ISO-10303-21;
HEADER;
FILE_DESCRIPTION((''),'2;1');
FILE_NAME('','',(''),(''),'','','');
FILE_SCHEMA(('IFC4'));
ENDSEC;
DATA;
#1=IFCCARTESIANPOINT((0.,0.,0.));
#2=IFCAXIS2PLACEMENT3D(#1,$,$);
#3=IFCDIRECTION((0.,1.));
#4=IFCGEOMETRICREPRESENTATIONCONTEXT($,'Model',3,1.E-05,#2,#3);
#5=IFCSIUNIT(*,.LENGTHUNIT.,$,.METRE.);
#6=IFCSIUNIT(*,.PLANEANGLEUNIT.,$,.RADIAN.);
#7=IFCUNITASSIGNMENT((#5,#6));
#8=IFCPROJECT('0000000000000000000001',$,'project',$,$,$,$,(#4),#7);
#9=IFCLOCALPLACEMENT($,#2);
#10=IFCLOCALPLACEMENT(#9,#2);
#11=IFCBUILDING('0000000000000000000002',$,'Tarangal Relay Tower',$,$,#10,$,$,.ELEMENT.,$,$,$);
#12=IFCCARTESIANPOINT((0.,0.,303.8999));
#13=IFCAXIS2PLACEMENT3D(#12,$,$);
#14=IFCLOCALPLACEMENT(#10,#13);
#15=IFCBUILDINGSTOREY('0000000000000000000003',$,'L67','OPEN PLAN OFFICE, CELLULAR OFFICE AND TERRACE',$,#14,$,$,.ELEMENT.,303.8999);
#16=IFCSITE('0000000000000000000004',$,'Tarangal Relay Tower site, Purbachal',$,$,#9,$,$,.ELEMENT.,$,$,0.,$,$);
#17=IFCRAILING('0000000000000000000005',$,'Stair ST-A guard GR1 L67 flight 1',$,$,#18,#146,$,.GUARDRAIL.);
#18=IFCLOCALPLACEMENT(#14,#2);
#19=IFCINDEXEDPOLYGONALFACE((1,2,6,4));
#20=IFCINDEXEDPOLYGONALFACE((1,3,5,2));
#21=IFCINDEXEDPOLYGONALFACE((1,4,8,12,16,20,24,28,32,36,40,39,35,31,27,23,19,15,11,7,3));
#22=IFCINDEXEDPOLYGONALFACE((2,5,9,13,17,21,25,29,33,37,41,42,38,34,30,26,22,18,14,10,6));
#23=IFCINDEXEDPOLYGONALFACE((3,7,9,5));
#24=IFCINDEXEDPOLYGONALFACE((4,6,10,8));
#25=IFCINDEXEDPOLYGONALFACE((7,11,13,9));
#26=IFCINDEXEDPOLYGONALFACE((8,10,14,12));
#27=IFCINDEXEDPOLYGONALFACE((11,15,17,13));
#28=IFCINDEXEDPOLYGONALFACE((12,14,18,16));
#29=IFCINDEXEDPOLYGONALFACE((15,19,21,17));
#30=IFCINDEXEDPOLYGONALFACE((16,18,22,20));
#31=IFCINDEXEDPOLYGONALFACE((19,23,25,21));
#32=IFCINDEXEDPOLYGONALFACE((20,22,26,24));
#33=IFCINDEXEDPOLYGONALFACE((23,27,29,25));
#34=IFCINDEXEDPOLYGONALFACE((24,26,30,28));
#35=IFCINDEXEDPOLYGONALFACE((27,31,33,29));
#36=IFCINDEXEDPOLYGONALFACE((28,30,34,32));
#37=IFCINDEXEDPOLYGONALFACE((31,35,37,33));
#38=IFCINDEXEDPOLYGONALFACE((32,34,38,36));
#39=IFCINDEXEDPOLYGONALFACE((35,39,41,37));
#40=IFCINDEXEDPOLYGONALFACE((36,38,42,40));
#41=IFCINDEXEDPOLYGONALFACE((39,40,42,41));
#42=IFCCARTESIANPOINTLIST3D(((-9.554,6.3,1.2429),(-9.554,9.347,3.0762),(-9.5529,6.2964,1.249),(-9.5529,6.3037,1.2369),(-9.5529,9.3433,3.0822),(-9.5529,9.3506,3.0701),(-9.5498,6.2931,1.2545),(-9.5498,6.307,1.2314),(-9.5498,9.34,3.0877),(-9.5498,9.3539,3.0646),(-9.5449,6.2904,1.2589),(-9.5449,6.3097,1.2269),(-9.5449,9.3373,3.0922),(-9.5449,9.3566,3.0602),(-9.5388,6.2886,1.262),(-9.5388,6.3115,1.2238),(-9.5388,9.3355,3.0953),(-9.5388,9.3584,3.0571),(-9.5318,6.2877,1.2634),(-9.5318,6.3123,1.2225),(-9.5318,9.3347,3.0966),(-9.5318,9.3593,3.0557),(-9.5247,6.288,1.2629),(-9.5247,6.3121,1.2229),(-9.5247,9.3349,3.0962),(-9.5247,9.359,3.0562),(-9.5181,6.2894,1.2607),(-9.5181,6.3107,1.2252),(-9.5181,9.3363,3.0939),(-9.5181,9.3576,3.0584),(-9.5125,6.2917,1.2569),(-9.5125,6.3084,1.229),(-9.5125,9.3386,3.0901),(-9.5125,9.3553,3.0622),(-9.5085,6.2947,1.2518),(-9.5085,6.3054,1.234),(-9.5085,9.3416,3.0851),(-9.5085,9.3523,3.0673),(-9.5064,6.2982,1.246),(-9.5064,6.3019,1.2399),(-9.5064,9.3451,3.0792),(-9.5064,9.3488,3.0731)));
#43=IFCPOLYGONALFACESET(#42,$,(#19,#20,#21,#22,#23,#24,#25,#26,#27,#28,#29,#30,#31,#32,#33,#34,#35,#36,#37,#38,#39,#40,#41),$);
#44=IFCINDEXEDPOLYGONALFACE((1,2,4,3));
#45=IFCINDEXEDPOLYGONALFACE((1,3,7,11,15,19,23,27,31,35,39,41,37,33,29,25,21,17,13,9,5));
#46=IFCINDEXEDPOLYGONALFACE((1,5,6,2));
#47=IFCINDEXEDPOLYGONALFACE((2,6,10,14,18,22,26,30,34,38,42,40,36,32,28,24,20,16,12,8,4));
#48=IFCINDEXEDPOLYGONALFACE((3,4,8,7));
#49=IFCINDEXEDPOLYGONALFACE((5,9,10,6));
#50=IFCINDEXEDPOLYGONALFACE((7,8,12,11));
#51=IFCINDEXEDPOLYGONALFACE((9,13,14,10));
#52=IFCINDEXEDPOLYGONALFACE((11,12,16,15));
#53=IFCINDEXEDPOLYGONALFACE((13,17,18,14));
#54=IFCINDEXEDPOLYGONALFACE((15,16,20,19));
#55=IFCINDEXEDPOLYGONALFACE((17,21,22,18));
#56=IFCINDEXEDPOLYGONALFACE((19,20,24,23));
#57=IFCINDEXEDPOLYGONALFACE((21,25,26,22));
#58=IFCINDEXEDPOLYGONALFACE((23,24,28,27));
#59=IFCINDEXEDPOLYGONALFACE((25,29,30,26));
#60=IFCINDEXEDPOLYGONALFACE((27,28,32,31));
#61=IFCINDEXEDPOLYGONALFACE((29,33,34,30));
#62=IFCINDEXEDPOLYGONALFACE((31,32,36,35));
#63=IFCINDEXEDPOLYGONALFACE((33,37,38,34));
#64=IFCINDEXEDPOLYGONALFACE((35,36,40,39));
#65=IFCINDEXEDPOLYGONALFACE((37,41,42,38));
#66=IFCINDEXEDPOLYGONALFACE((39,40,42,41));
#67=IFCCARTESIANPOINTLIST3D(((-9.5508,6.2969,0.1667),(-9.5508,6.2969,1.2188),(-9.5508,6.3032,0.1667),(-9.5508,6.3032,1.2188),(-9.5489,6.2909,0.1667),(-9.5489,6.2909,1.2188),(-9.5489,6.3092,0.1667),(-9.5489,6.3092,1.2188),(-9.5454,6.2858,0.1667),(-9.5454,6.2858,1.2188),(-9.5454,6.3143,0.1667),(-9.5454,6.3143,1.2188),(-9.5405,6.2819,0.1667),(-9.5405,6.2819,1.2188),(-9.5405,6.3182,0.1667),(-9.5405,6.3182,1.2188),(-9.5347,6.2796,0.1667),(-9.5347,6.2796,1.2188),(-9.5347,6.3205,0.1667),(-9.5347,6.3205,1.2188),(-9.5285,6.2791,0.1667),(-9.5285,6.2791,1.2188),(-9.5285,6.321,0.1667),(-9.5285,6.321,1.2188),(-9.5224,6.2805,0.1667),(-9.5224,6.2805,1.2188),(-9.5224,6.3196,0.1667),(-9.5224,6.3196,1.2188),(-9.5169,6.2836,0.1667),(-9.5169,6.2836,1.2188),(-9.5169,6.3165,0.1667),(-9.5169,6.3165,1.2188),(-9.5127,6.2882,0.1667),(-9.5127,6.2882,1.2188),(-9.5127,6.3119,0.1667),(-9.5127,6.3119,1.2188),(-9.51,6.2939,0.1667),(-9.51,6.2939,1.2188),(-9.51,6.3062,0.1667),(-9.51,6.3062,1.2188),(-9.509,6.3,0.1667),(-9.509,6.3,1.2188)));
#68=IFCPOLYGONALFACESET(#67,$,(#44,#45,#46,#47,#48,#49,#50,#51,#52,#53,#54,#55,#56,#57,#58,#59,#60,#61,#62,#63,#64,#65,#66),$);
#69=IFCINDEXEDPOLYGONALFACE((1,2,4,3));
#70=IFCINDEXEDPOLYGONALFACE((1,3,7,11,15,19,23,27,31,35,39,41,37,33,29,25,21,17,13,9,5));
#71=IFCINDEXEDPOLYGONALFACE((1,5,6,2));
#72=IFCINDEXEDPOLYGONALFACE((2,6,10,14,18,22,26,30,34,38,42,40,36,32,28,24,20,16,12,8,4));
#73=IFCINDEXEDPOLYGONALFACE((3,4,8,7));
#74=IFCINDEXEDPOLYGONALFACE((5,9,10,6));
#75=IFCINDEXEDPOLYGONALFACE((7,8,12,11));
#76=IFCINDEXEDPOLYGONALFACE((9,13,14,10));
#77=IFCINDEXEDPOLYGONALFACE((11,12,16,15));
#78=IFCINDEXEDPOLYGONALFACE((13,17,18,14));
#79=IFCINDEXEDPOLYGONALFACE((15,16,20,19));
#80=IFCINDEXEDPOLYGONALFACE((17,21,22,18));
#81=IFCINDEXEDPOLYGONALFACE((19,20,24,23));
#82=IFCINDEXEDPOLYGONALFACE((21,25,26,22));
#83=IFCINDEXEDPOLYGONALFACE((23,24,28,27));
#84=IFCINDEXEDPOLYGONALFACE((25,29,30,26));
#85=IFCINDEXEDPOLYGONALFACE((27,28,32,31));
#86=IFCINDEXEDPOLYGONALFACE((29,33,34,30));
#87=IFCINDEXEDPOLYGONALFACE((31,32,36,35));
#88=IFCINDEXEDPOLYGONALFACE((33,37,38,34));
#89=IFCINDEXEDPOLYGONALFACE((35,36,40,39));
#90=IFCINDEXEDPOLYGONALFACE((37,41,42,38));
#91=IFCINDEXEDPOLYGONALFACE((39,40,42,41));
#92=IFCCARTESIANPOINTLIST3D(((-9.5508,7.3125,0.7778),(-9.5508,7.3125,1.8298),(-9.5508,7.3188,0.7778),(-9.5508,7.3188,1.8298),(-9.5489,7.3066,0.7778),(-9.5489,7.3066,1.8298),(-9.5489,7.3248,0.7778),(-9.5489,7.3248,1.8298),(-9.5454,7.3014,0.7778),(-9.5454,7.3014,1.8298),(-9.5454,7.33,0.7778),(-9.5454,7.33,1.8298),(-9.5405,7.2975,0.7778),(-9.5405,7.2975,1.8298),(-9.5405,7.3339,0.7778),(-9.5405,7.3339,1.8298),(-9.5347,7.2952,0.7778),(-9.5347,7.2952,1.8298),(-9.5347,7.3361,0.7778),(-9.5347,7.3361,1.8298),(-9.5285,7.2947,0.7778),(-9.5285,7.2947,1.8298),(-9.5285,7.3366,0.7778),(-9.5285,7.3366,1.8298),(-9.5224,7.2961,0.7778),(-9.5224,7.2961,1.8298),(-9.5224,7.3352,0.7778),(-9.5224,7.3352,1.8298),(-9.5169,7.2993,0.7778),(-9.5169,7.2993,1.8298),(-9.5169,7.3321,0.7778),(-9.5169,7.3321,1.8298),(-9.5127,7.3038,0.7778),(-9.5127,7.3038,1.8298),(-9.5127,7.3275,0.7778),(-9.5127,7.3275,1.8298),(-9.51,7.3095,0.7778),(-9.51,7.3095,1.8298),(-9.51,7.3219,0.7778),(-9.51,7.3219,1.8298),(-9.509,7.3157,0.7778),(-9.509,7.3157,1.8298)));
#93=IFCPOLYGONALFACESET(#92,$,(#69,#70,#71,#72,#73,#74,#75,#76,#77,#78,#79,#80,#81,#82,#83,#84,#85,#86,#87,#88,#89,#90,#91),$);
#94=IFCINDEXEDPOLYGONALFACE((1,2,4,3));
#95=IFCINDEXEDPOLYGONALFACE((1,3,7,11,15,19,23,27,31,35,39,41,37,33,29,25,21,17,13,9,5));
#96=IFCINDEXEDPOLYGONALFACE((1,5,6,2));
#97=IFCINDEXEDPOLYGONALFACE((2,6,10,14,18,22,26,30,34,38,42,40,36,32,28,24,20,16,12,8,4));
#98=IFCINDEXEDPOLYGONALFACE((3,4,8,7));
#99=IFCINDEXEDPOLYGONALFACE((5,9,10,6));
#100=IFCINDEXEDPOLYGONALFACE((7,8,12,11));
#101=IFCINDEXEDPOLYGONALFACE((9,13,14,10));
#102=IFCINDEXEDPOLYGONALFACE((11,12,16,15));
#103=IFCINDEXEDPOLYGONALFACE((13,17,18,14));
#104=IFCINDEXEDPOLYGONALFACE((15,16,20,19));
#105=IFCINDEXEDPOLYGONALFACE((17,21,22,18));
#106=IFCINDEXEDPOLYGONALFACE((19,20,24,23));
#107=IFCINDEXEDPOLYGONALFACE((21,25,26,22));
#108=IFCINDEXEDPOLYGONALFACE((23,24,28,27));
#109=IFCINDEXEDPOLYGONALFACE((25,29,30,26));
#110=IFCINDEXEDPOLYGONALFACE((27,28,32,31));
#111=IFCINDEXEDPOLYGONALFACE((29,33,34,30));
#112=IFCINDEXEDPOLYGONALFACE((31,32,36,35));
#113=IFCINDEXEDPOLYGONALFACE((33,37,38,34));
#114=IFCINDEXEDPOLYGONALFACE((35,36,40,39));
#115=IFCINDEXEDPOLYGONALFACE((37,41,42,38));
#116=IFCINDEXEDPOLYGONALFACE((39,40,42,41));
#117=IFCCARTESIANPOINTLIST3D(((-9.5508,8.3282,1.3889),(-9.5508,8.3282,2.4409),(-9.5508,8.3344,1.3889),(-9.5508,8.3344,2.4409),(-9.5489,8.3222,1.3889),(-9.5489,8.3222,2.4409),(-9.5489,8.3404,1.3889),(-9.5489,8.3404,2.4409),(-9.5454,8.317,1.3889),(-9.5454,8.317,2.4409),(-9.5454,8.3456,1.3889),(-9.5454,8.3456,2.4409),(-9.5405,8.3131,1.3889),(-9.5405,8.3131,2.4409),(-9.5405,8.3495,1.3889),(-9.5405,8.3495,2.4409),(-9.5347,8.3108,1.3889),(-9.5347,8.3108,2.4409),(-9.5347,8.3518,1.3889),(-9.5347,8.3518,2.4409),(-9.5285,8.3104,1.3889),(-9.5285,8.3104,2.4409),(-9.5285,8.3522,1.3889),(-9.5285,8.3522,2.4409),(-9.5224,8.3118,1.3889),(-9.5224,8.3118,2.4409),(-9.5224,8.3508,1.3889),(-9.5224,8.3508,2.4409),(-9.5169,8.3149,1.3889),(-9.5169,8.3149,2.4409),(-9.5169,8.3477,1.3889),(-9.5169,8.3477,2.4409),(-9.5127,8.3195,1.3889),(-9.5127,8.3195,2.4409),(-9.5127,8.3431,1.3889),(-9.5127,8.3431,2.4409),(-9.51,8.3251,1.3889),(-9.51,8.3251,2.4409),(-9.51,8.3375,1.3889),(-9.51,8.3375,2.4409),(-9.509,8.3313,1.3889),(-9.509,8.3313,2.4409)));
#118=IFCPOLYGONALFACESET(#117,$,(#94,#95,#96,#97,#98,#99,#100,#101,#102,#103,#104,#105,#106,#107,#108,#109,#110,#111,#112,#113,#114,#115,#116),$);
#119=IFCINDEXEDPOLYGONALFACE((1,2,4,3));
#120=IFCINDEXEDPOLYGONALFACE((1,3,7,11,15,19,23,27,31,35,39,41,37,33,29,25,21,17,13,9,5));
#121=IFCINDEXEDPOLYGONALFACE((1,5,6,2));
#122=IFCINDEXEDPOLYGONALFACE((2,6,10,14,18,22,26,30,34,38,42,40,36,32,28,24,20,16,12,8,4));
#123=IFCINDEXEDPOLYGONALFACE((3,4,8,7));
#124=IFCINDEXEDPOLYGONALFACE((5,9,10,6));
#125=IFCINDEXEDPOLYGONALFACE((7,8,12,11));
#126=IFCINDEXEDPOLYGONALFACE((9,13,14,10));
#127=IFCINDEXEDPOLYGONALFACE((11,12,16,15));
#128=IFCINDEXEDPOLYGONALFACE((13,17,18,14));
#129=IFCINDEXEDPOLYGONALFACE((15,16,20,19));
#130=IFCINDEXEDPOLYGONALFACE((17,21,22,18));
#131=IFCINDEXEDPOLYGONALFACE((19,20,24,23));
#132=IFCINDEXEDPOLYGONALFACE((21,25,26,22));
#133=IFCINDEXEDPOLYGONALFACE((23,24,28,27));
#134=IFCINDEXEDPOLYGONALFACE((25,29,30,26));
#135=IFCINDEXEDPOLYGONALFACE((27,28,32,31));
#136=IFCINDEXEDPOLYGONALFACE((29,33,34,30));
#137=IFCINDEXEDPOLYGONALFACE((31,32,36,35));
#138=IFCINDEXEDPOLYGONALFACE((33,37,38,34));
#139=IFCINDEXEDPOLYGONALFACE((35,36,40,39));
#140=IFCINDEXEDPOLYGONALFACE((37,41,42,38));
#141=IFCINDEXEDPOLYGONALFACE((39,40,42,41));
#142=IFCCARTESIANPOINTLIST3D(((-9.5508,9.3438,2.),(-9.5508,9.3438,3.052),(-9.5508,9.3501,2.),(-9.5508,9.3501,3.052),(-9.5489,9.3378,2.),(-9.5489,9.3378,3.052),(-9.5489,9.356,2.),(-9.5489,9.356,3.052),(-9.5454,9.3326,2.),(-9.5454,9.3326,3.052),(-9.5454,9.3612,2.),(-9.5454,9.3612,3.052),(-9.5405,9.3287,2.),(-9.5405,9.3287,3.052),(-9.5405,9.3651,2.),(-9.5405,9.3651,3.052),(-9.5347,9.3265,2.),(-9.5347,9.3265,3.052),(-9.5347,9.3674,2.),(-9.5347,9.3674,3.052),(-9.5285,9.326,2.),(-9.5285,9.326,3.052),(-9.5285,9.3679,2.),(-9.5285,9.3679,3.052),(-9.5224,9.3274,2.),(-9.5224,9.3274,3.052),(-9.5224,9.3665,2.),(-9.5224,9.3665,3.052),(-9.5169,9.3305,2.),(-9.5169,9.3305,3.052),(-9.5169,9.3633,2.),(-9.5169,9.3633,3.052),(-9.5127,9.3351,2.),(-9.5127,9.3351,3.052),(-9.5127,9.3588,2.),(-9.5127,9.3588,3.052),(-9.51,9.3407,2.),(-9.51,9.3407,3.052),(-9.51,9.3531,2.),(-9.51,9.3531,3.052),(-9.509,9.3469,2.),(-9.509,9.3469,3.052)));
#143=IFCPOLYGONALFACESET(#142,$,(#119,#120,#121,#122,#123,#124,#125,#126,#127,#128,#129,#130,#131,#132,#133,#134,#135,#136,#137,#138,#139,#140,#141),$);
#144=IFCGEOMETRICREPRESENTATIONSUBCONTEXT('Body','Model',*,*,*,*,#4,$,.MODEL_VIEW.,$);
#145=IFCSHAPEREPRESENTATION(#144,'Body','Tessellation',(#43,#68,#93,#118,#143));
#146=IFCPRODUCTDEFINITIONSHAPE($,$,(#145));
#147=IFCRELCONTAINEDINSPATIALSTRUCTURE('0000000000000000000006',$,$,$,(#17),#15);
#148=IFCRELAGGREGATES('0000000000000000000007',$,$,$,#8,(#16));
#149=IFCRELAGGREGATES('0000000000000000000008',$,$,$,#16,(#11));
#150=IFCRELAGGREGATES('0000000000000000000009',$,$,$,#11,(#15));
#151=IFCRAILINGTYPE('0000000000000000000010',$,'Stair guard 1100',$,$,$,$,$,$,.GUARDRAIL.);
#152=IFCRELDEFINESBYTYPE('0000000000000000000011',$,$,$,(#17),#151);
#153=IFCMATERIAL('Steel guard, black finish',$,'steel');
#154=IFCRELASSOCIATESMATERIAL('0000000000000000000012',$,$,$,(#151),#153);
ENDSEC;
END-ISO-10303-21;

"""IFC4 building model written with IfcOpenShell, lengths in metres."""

from ifc_helpers import new_model, si_unit, direction, frame, origin, origin_2d, place, context, subcontext, project, spatial, circle, extrude, material, type_object, element, save


model = new_model("IFC4")

# Units and contexts
model_context = context("Model", 3, precision=1e-05, world=origin(), true_north=direction((0.0, 1.0)))
body_context = subcontext(model_context, "Body", "Model", "MODEL_VIEW")
ifc_project = project(units=[si_unit("LENGTHUNIT", "METRE"), si_unit("PLANEANGLEUNIT", "RADIAN")], contexts=[model_context])

# Site, building, storey
site_placement = place(None, origin())
site = spatial("IfcSite", under=ifc_project, at=site_placement, Name="Tarangal Relay Tower site, Purbachal", CompositionType="ELEMENT", RefElevation=0.0)
building_placement = place(site_placement, origin())
building = spatial("IfcBuilding", under=site, at=building_placement, Name="Tarangal Relay Tower", CompositionType="ELEMENT")
storey_placement = place(building_placement, frame((0.0, 0.0, 303.8999)))
storey = spatial("IfcBuildingStorey", under=building, at=storey_placement, Name="L67", Description="OPEN PLAN OFFICE, CELLULAR OFFICE AND TERRACE", CompositionType="ELEMENT", Elevation=303.8999)

# Railing
ifc_material_1 = material(Name="Steel guard, black finish", Category="steel")
railing_type_1 = type_object("IfcRailingType", Name="Stair guard 1100", PredefinedType="GUARDRAIL", material=ifc_material_1)
railing_1_placement = place(storey_placement, frame((-9.53, 6.3, 0.1667)))
element("IfcRailing", 1, at=railing_1_placement, inside=storey, type_object=railing_type_1, Name="Stair ST-A guard GR1 L67 flight 1", PredefinedType="GUARDRAIL", context=body_context, shape_type="SweptSolid", body=[
    extrude(circle(Radius=0.0239, at=origin_2d()), frame((0.0, 0.0, 1.0762), z_axis=(0.0, 0.856856, 0.515556), x_axis=(-1.0, 0.0, 0.0)), (0.0, 0.0, 1.0), 3.5559),
    extrude(circle(Radius=0.021, at=origin_2d()), origin(), (0.0, 0.0, 1.0), 1.052),
    extrude(circle(Radius=0.021, at=origin_2d()), frame((0.0, 1.0156, 0.6111)), (0.0, 0.0, 1.0), 1.052),
    extrude(circle(Radius=0.021, at=origin_2d()), frame((0.0, 2.0312, 1.2222)), (0.0, 0.0, 1.0), 1.052),
    extrude(circle(Radius=0.021, at=origin_2d()), frame((0.0, 3.0469, 1.8333)), (0.0, 0.0, 1.0), 1.052),
])

save(model, "model.ifc")
